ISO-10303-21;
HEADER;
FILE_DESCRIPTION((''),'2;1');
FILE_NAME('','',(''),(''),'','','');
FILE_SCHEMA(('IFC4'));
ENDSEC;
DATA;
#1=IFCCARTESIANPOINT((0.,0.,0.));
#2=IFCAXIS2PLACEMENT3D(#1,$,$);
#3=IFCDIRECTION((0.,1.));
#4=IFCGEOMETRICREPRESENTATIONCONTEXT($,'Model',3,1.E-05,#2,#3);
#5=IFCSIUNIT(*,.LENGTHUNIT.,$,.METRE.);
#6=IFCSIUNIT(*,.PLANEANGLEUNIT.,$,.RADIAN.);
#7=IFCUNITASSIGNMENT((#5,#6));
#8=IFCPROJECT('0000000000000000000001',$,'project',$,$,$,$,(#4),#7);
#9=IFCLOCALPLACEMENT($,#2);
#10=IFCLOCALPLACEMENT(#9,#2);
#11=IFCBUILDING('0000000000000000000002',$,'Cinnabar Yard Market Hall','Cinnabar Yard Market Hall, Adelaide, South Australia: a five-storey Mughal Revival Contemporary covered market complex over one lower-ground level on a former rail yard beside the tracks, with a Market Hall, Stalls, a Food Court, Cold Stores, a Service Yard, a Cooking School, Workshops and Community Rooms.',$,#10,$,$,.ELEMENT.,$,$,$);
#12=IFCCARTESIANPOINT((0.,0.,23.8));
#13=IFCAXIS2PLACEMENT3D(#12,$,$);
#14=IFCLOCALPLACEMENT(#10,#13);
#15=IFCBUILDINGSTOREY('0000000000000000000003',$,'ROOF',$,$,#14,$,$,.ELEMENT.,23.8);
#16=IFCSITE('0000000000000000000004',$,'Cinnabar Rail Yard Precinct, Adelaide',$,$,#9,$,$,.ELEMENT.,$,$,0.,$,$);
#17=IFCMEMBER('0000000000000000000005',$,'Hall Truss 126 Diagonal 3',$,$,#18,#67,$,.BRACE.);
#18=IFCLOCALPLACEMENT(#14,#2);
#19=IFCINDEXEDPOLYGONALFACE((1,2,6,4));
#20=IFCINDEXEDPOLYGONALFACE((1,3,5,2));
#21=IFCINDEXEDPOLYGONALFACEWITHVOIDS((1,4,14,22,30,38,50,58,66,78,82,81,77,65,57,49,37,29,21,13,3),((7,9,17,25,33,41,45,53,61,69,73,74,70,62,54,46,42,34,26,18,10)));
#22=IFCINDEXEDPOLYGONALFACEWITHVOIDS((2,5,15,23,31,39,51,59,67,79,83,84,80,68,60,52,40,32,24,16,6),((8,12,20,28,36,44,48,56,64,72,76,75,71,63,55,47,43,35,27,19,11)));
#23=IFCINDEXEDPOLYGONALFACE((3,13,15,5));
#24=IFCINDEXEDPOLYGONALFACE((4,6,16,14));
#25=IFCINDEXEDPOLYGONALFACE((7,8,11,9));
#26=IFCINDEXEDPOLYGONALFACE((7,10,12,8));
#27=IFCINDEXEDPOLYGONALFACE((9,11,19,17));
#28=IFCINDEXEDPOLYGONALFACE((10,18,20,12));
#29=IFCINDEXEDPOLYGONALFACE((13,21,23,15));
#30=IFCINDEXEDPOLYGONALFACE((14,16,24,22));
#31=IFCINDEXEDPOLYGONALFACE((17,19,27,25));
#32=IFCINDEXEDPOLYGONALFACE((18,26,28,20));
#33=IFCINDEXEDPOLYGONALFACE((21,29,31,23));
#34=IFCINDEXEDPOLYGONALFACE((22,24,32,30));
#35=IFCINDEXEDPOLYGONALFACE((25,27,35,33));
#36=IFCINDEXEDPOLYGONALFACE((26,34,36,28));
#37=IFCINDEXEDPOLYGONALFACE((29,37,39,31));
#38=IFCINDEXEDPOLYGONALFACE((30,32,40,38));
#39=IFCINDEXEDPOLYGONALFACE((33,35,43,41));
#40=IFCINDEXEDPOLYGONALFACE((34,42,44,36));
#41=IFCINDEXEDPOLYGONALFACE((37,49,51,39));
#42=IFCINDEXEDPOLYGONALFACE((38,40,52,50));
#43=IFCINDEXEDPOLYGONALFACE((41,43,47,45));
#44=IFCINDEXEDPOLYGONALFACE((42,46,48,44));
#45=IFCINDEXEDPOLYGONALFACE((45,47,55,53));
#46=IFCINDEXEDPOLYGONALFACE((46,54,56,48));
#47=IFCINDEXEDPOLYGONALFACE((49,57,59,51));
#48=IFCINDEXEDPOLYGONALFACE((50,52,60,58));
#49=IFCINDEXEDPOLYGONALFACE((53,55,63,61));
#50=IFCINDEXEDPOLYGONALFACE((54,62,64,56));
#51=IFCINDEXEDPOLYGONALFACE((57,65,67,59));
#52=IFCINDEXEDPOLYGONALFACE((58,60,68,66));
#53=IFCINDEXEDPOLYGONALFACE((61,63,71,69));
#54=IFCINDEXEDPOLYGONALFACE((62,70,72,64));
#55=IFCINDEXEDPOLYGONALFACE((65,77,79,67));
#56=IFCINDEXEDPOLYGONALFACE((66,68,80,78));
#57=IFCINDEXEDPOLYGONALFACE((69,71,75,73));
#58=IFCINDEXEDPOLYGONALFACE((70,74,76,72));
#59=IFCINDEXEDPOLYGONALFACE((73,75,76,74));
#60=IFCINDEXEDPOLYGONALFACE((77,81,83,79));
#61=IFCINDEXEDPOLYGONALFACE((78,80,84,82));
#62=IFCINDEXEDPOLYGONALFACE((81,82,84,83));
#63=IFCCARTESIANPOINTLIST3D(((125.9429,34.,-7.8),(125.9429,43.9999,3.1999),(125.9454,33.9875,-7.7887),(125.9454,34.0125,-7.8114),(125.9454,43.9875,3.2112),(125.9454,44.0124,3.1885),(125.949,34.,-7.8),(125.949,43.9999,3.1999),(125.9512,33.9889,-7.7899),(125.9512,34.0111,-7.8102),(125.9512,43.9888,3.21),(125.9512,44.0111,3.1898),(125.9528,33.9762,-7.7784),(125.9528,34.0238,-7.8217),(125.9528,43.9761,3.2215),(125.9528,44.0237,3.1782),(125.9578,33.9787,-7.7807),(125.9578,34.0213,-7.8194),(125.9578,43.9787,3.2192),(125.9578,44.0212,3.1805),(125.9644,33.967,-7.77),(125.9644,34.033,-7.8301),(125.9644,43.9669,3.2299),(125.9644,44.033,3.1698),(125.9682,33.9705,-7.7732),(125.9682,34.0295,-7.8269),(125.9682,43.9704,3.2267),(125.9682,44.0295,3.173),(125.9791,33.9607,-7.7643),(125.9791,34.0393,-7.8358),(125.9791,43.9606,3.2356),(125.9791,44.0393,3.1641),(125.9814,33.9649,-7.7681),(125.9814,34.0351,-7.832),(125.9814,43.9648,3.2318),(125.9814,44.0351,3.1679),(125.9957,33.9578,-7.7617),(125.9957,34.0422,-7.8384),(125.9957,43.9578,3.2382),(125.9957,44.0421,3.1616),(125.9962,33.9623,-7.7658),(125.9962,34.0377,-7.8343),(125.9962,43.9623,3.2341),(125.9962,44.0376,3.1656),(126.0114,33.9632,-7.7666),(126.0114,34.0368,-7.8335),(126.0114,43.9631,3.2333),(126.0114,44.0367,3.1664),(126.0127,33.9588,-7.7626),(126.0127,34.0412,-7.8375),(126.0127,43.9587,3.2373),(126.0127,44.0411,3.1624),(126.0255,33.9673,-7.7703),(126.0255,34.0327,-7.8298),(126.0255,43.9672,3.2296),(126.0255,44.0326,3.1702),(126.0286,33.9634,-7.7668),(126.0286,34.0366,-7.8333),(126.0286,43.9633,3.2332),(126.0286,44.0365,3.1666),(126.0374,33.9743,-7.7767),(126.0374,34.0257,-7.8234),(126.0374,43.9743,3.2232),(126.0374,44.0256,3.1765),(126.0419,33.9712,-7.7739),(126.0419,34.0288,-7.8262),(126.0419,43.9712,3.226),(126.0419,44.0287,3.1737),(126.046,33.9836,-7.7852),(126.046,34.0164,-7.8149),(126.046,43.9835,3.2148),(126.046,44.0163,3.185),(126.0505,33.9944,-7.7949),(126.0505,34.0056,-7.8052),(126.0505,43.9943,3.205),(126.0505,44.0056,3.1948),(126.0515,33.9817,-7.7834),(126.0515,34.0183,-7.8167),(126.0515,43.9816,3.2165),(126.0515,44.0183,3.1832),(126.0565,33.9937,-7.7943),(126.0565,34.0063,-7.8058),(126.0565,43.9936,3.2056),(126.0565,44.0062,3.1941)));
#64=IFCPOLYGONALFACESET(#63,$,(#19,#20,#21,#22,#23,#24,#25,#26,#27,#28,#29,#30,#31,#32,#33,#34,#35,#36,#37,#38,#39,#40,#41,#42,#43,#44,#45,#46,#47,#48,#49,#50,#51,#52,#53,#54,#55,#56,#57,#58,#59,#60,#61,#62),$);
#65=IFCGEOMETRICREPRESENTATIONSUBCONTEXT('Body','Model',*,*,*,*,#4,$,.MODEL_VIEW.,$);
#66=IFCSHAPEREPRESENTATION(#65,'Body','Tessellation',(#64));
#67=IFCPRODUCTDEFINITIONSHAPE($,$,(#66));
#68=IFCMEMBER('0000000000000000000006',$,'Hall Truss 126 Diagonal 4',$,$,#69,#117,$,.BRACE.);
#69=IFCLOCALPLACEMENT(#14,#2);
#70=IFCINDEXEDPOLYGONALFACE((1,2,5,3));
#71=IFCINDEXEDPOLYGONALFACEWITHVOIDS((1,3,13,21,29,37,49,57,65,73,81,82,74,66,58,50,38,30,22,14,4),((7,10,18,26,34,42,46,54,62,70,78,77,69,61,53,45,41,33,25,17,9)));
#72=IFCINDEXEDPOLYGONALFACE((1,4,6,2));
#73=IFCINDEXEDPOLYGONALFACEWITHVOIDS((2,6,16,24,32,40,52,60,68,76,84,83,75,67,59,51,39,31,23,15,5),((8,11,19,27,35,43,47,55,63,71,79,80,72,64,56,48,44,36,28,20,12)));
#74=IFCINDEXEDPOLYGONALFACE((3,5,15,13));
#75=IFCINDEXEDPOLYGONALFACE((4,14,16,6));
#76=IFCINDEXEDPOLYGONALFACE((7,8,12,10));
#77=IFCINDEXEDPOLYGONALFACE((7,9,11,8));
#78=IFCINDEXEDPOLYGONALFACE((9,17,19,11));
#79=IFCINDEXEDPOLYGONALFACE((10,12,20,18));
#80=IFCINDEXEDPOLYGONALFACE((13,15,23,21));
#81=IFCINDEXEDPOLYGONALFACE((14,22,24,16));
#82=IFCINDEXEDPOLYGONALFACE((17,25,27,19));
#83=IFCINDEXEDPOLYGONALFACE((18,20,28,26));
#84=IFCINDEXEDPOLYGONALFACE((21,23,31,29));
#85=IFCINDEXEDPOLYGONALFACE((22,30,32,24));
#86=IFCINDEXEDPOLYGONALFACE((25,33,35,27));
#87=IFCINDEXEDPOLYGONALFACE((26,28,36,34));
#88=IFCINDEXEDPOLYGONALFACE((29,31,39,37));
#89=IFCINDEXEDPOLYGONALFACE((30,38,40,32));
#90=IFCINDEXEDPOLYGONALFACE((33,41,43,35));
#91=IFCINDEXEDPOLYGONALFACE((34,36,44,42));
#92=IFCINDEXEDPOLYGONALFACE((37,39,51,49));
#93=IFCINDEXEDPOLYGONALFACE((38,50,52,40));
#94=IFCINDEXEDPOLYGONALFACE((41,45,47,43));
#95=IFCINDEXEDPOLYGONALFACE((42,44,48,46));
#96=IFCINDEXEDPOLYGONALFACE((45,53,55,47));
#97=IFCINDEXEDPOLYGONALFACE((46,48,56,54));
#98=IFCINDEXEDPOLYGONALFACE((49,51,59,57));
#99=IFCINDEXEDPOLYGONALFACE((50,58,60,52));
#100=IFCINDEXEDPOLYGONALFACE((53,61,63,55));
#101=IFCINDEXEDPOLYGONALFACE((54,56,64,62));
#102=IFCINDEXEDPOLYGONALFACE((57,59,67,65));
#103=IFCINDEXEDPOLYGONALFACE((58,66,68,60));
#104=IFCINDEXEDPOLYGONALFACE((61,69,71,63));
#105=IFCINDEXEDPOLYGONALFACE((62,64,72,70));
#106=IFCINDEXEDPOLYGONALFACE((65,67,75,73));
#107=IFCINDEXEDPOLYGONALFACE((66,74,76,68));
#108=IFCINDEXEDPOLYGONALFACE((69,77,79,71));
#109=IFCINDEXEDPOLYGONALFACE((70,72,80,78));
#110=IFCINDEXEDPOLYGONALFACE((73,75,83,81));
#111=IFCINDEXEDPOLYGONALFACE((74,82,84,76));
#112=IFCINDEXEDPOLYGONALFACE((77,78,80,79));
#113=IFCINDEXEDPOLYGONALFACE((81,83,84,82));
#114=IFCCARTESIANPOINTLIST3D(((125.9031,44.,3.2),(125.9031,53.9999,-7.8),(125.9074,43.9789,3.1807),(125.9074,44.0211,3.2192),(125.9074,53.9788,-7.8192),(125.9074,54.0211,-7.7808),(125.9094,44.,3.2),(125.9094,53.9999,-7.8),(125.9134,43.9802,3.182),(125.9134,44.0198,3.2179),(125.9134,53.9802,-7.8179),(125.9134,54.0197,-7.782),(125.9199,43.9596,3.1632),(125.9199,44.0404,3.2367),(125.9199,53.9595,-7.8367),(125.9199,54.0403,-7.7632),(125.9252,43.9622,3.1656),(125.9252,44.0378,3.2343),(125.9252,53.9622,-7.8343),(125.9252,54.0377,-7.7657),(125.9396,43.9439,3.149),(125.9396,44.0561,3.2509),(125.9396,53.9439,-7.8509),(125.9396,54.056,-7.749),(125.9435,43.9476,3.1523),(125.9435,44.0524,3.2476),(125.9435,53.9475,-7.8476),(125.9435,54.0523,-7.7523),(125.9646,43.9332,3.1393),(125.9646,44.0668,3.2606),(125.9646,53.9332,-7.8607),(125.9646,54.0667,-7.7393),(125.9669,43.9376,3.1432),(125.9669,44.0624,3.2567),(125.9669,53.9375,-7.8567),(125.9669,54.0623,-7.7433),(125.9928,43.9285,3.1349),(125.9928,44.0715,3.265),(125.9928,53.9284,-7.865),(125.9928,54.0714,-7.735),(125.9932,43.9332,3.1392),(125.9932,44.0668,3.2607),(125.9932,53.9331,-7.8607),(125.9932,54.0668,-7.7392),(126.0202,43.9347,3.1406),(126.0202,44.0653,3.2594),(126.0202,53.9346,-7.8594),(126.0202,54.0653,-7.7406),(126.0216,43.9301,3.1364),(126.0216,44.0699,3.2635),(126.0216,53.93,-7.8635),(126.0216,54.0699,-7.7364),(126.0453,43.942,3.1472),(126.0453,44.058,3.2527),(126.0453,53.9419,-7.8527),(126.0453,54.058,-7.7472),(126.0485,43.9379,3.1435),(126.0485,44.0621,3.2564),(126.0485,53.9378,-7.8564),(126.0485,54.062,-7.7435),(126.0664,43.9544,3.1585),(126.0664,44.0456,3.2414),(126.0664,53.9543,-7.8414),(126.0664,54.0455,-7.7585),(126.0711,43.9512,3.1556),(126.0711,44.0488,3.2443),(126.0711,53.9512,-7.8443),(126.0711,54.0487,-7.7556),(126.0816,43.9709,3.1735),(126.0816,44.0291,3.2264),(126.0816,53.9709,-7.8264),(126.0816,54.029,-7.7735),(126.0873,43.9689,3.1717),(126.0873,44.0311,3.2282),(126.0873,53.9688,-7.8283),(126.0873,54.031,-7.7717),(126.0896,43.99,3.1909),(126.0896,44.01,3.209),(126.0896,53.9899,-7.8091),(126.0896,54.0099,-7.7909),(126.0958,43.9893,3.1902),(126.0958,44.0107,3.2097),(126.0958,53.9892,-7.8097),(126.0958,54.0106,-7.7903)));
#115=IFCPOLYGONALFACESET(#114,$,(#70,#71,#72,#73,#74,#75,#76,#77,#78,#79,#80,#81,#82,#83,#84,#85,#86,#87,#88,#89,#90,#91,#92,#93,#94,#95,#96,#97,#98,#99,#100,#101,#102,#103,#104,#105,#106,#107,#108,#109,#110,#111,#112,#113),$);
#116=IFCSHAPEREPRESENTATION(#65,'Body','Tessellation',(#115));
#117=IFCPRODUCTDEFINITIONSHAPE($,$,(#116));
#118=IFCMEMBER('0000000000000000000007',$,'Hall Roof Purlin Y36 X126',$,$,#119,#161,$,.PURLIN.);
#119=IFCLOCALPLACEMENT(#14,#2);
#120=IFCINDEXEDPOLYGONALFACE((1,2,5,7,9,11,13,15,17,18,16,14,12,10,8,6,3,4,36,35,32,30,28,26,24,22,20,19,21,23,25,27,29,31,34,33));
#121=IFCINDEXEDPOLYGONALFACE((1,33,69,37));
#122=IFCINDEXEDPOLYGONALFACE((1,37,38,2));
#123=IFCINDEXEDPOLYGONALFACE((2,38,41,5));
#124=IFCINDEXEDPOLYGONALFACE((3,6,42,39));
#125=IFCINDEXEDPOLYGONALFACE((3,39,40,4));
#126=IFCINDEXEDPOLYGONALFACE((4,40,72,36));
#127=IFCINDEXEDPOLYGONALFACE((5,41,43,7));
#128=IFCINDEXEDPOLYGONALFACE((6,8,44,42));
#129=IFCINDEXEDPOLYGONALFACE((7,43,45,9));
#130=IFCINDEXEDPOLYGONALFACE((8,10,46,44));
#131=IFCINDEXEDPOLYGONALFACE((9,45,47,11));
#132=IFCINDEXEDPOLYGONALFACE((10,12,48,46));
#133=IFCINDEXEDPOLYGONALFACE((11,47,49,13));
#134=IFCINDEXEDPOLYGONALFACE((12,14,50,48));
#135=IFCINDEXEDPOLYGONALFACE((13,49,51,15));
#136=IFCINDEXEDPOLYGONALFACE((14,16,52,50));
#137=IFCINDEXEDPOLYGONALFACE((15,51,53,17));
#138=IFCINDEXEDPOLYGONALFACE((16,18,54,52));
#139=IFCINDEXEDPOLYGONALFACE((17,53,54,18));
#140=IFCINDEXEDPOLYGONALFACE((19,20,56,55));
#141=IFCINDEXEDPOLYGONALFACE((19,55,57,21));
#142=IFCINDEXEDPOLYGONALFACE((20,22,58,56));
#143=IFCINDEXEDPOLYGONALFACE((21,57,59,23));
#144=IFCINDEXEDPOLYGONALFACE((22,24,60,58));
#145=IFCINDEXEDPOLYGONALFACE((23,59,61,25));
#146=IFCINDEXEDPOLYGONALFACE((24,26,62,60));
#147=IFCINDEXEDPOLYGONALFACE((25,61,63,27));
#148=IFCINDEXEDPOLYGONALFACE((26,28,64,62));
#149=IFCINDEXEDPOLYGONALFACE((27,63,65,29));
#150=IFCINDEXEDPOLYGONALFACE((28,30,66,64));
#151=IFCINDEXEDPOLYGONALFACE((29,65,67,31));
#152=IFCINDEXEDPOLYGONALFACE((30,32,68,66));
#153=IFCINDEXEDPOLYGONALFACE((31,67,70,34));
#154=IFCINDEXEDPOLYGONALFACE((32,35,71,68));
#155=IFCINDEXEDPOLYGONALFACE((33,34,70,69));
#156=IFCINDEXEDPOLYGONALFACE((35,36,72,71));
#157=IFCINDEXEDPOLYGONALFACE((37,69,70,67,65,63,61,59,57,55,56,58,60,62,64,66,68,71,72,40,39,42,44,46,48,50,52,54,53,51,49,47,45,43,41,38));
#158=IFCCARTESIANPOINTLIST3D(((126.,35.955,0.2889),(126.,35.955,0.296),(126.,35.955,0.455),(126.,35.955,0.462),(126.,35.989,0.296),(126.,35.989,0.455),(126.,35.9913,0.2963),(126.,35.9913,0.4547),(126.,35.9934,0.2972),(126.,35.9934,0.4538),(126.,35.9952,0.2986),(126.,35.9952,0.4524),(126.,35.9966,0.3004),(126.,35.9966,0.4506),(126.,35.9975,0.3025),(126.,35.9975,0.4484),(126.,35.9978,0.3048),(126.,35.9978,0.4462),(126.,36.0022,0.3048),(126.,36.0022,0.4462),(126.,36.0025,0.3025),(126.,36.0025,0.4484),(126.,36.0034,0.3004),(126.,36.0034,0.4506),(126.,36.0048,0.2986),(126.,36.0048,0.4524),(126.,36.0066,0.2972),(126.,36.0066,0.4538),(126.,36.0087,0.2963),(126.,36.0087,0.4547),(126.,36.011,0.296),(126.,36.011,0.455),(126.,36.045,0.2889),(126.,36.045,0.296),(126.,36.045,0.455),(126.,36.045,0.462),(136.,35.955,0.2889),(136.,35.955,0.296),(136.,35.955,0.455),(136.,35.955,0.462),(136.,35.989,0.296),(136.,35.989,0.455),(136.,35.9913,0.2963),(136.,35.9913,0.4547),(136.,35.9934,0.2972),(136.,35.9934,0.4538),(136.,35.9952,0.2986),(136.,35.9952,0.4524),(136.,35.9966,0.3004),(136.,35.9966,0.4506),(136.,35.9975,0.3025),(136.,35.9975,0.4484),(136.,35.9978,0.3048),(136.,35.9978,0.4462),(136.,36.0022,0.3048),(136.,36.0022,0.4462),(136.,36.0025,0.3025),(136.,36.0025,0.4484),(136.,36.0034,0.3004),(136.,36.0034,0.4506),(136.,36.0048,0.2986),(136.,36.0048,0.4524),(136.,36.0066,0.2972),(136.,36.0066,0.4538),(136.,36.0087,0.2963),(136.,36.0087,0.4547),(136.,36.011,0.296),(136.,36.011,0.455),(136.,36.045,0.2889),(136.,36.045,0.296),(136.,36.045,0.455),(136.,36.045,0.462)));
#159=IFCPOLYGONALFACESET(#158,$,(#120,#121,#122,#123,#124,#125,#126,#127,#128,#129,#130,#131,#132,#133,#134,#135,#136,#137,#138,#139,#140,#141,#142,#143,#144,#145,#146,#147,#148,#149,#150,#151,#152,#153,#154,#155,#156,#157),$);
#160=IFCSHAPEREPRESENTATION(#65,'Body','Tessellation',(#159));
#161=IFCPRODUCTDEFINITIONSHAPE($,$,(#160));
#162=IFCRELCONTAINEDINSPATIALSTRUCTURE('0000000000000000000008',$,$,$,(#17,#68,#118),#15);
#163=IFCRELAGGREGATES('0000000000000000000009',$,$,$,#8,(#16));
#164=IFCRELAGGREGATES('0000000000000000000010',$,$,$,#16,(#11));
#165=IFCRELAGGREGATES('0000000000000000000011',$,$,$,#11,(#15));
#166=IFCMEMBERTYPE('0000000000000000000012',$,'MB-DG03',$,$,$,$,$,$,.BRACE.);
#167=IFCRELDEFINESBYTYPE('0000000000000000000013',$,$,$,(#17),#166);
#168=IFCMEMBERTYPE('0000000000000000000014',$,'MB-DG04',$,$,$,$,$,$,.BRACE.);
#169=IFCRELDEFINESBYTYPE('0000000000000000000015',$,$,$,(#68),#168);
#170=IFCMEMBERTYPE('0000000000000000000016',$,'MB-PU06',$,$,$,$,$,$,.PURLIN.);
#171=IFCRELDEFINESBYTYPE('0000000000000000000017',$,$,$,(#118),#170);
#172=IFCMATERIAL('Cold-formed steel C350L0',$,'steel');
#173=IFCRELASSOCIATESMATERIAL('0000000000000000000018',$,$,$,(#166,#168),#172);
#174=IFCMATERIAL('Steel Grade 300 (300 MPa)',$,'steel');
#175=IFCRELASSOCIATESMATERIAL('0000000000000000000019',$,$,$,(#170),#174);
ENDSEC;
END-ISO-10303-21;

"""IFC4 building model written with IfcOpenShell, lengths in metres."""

from ifc_helpers import new_model, si_unit, direction, frame, origin, origin_2d_with_axis, place, context, subcontext, project, spatial, hollow_circle, i_section, extrude, material, material_profile, profile_set, type_object, element, save


model = new_model("IFC4")

# Units and contexts
model_context = context("Model", 3, precision=1e-05, world=origin(), true_north=direction((0.0, 1.0)))
body_context = subcontext(model_context, "Body", "Model", "MODEL_VIEW")
ifc_project = project(units=[si_unit("LENGTHUNIT", "METRE"), si_unit("PLANEANGLEUNIT", "RADIAN")], contexts=[model_context])

# Site, building, storey
site_placement = place(None, origin())
site = spatial("IfcSite", under=ifc_project, at=site_placement, Name="Cinnabar Rail Yard Precinct, Adelaide", CompositionType="ELEMENT", RefElevation=0.0)
building_placement = place(site_placement, origin())
building = spatial("IfcBuilding", under=site, at=building_placement, Name="Cinnabar Yard Market Hall", Description="Cinnabar Yard Market Hall, Adelaide, South Australia: a five-storey Mughal Revival Contemporary covered market complex over one lower-ground level on a former rail yard beside the tracks, with a Market Hall, Stalls, a Food Court, Cold Stores, a Service Yard, a Cooking School, Workshops and Community Rooms.", CompositionType="ELEMENT")
storey_placement = place(building_placement, frame((0.0, 0.0, 23.8)))
storey = spatial("IfcBuildingStorey", under=building, at=storey_placement, Name="ROOF", CompositionType="ELEMENT", Elevation=23.8)

# Shared definitions
ifc_material_1 = material(Name="Steel Grade 300 (300 MPa)", Category="steel")

# Members
ifc_material_2 = material(Name="Cold-formed steel C350L0", Category="steel")
ifc_material_profile_1 = material_profile(ifc_material_2, hollow_circle(Radius=0.0571, WallThickness=0.0061, at=origin_2d_with_axis()), Name="114.3x6.0CHS")
ifc_profile_set_1 = profile_set([ifc_material_profile_1], Name="Cold-formed steel C350L0")
member_type_1 = type_object("IfcMemberType", Name="MB-DG03", PredefinedType="BRACE", material=ifc_profile_set_1)
member_1_placement = place(storey_placement, frame((126.0, 34.0, -7.8), z_axis=(0.0, 0.672673, 0.73994), x_axis=(-1.0, 0.0, 0.0)))
element("IfcMember", 1, at=member_1_placement, inside=storey, type_object=member_type_1, Name="Hall Truss 126 Diagonal 3", PredefinedType="BRACE", context=body_context, shape_type="SweptSolid", body=[
    extrude(hollow_circle(Radius=0.0571, WallThickness=0.0061, at=origin_2d_with_axis()), origin(), (0.0, 0.0, 1.0), 14.866),
])
ifc_material_profile_2 = material_profile(ifc_material_2, hollow_circle(Radius=0.0969, WallThickness=0.0063, at=origin_2d_with_axis()), Name="193.7x6.4CHS")
ifc_profile_set_2 = profile_set([ifc_material_profile_2], Name="Cold-formed steel C350L0")
member_type_2 = type_object("IfcMemberType", Name="MB-DG04", PredefinedType="BRACE", material=ifc_profile_set_2)
member_2_placement = place(storey_placement, frame((126.0, 44.0, 3.2), z_axis=(0.0, 0.672673, -0.73994), x_axis=(-1.0, 0.0, 0.0)))
element("IfcMember", 2, at=member_2_placement, inside=storey, type_object=member_type_2, Name="Hall Truss 126 Diagonal 4", PredefinedType="BRACE", context=body_context, shape_type="SweptSolid", body=[
    extrude(hollow_circle(Radius=0.0969, WallThickness=0.0063, at=origin_2d_with_axis()), origin(), (0.0, 0.0, 1.0), 14.866),
])
ifc_material_profile_3 = material_profile(ifc_material_1, i_section(OverallWidth=0.0901, OverallDepth=0.1731, WebThickness=0.0044, FlangeThickness=0.0071, FilletRadius=0.0088, at=origin_2d_with_axis()), Name="180UB16.1")
ifc_profile_set_3 = profile_set([ifc_material_profile_3], Name="Steel Grade 300 (300 MPa)")
member_type_3 = type_object("IfcMemberType", Name="MB-PU06", PredefinedType="PURLIN", material=ifc_profile_set_3)
member_3_placement = place(storey_placement, frame((126.0, 36.0, 0.3755), z_axis=(1.0, 0.0, 0.0), x_axis=(0.0, 1.0, 0.0)))
element("IfcMember", 3, at=member_3_placement, inside=storey, type_object=member_type_3, Name="Hall Roof Purlin Y36 X126", PredefinedType="PURLIN", context=body_context, shape_type="SweptSolid", body=[
    extrude(i_section(OverallWidth=0.0901, OverallDepth=0.1731, WebThickness=0.0044, FlangeThickness=0.0071, FilletRadius=0.0088, at=origin_2d_with_axis()), origin(), (0.0, 0.0, 1.0), 10.0),
])

save(model, "model.ifc")
